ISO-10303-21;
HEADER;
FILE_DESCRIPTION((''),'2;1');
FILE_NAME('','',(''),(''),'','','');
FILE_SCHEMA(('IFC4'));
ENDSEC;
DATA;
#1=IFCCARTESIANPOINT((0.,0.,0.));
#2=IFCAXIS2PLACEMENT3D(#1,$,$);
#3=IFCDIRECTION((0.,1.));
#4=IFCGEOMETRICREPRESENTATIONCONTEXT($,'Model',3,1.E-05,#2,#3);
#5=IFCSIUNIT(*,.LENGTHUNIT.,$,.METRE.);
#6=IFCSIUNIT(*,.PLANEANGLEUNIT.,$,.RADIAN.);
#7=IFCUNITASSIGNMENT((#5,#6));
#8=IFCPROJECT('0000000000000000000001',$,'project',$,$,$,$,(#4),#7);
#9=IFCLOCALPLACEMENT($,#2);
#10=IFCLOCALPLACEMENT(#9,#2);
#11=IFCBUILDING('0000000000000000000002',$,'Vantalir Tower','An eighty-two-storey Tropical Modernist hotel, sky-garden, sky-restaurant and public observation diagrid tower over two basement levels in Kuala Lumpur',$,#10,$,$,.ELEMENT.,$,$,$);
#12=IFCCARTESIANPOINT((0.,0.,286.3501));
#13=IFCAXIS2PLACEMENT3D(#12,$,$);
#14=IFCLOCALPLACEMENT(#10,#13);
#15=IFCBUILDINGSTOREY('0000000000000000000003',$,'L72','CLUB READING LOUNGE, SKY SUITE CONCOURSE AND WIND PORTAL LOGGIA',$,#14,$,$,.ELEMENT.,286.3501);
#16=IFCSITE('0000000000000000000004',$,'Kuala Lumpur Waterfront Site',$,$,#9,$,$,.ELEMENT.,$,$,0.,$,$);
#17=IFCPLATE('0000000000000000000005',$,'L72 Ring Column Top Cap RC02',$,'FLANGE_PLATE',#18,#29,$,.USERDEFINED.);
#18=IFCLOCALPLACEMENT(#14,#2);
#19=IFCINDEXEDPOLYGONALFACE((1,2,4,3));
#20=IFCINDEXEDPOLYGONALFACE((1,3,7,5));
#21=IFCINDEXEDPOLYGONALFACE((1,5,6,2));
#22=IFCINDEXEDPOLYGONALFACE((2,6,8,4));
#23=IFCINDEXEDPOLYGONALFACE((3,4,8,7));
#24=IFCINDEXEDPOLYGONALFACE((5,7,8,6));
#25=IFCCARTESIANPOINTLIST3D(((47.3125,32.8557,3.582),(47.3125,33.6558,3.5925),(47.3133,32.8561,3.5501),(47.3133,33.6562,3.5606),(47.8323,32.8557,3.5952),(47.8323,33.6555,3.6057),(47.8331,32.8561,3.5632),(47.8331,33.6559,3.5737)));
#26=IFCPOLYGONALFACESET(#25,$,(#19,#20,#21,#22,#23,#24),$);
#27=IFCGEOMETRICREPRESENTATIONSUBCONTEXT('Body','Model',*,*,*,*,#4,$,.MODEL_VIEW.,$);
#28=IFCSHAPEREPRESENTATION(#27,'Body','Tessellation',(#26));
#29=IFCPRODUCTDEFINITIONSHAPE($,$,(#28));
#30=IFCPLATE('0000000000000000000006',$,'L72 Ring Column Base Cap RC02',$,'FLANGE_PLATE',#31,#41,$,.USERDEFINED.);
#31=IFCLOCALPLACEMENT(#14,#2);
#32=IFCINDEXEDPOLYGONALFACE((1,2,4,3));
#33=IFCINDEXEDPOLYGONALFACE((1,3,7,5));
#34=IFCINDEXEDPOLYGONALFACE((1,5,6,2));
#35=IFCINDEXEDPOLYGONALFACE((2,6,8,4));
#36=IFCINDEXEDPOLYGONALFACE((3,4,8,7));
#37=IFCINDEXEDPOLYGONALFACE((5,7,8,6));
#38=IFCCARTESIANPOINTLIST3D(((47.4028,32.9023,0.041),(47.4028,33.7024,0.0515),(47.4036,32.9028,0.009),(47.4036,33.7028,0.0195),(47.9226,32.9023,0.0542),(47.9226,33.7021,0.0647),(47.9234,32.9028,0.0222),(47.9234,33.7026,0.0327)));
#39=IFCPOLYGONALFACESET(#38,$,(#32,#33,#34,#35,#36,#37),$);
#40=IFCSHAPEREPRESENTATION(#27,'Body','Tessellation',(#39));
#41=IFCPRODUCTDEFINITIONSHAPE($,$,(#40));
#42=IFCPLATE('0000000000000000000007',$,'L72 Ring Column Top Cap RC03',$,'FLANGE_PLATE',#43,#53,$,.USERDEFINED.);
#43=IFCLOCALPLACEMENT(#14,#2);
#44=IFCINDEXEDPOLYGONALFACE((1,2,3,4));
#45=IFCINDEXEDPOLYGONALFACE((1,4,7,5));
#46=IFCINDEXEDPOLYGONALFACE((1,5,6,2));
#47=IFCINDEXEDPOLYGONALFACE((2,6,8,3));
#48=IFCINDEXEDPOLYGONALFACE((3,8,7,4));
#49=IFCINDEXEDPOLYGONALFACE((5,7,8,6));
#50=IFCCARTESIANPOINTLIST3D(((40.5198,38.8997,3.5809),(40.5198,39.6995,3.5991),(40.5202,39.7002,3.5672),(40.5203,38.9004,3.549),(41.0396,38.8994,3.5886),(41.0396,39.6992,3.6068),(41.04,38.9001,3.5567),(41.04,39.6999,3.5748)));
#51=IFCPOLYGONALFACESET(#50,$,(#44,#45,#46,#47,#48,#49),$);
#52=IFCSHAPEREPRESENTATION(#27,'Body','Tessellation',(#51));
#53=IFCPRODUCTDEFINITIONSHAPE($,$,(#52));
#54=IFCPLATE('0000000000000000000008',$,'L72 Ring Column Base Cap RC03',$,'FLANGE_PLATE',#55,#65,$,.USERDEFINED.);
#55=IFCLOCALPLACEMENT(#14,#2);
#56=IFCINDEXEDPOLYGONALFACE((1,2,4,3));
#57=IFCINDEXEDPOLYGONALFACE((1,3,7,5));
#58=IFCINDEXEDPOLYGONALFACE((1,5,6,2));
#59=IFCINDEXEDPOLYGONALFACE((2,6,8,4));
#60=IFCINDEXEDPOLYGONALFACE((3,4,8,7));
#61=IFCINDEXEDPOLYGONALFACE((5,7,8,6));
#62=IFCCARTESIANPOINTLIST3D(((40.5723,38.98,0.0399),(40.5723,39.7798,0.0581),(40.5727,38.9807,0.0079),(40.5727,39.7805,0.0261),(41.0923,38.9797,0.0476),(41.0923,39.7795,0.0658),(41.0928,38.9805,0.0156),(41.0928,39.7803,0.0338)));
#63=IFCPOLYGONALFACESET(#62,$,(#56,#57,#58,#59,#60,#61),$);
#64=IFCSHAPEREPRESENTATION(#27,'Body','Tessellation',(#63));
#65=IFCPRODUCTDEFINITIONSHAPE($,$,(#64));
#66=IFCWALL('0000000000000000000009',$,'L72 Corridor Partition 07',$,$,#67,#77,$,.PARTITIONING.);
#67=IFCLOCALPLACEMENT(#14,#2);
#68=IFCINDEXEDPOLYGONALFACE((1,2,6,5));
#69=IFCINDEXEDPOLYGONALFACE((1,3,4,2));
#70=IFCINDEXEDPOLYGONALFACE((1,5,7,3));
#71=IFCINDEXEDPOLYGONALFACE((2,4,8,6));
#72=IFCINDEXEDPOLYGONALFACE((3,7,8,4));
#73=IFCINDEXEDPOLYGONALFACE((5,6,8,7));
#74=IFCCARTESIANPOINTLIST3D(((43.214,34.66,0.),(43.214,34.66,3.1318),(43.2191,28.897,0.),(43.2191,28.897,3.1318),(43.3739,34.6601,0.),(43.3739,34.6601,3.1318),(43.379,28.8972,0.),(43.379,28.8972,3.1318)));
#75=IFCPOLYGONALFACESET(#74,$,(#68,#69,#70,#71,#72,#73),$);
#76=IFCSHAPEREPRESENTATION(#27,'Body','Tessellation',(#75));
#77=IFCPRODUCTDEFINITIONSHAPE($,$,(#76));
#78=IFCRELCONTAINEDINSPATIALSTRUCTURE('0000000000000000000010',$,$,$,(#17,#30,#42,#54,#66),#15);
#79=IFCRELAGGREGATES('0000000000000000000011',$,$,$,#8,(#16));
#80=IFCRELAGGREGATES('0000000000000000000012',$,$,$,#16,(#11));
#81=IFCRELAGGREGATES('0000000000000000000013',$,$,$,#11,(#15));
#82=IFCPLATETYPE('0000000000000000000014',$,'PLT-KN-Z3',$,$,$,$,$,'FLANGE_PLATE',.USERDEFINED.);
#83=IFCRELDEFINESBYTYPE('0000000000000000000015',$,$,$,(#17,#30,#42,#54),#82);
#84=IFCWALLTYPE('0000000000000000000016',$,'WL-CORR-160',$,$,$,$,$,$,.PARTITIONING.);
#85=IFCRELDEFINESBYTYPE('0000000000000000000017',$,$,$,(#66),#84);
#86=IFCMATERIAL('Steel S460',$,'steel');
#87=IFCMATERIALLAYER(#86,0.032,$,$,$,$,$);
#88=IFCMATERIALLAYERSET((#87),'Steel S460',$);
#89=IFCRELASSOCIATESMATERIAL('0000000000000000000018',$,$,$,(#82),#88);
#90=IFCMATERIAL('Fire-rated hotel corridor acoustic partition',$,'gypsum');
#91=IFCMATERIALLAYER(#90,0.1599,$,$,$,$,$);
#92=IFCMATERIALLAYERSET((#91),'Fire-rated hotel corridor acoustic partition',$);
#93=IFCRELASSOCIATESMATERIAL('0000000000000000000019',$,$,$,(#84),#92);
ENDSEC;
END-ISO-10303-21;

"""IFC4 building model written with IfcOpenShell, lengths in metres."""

from ifc_helpers import new_model, si_unit, direction, frame, frame_2d, origin, place, context, subcontext, project, spatial, polyline, rectangle, outline, extrude, material, layer, layer_set, type_object, element, save


model = new_model("IFC4")

# Units and contexts
model_context = context("Model", 3, precision=1e-05, world=origin(), true_north=direction((0.0, 1.0)))
body_context = subcontext(model_context, "Body", "Model", "MODEL_VIEW")
ifc_project = project(units=[si_unit("LENGTHUNIT", "METRE"), si_unit("PLANEANGLEUNIT", "RADIAN")], contexts=[model_context])

# Site, building, storey
site_placement = place(None, origin())
site = spatial("IfcSite", under=ifc_project, at=site_placement, Name="Kuala Lumpur Waterfront Site", CompositionType="ELEMENT", RefElevation=0.0)
building_placement = place(site_placement, origin())
building = spatial("IfcBuilding", under=site, at=building_placement, Name="Vantalir Tower", Description="An eighty-two-storey Tropical Modernist hotel, sky-garden, sky-restaurant and public observation diagrid tower over two basement levels in Kuala Lumpur", CompositionType="ELEMENT")
storey_placement = place(building_placement, frame((0.0, 0.0, 286.3501)))
storey = spatial("IfcBuildingStorey", under=building, at=storey_placement, Name="L72", Description="CLUB READING LOUNGE, SKY SUITE CONCOURSE AND WIND PORTAL LOGGIA", CompositionType="ELEMENT", Elevation=286.3501)

# Shared definitions
ifc_material_1 = material(Name="Steel S460", Category="steel")

# Plates
ifc_layer_1 = layer(ifc_material_1, 0.032)
ifc_layer_set_1 = layer_set([ifc_layer_1], Name="Steel S460")
plate_type_1 = type_object("IfcPlateType", Name="PLT-KN-Z3", ElementType="FLANGE_PLATE", PredefinedType="USERDEFINED", material=ifc_layer_set_1)
for number, where, z_axis, x_axis, name in (
    (1, (47.3125, 33.6558, 3.5925), (-0.025357, -0.013118, 0.999592), (0.0, -0.999914, -0.013123), "L72 Ring Column Top Cap RC02"),
    (2, (47.4028, 33.7024, 0.0515), (-0.025357, -0.013118, 0.999592), (0.0, -0.999914, -0.013123), "L72 Ring Column Base Cap RC02"),
):
    element("IfcPlate", number, at=place(storey_placement, frame(where, z_axis=z_axis, x_axis=x_axis)), inside=storey, type_object=plate_type_1, Name=name, ObjectType="FLANGE_PLATE", PredefinedType="USERDEFINED", context=body_context, shape_type="SweptSolid", body=[
        extrude(outline(polyline([(0.0, 0.0), (0.8001, 0.0), (0.7999, 0.5199), (0.0001, 0.5199), (0.0, 0.0)])), origin(), (0.0, 0.0, -1.0), 0.032),
    ])
plate_1_placement = place(storey_placement, frame((40.5198, 39.6995, 3.5991), z_axis=(-0.014801, -0.022733, 0.999632), x_axis=(0.000002, -0.999742, -0.022735)))
element("IfcPlate", 3, at=plate_1_placement, inside=storey, type_object=plate_type_1, Name="L72 Ring Column Top Cap RC03", ObjectType="FLANGE_PLATE", PredefinedType="USERDEFINED", context=body_context, shape_type="SweptSolid", body=[
    extrude(outline(polyline([(0.0, 0.0), (0.8, 0.0), (0.8001, 0.5198), (0.0001, 0.5198), (0.0, 0.0)])), origin(), (0.0, 0.0, -1.0), 0.032),
])
plate_2_placement = place(storey_placement, frame((40.5723, 39.7798, 0.0581), z_axis=(-0.014794, -0.022733, 0.999632), x_axis=(0.000002, -0.999742, -0.022735)))
element("IfcPlate", 4, at=plate_2_placement, inside=storey, type_object=plate_type_1, Name="L72 Ring Column Base Cap RC03", ObjectType="FLANGE_PLATE", PredefinedType="USERDEFINED", context=body_context, shape_type="SweptSolid", body=[
    extrude(outline(polyline([(0.0, 0.0), (0.8, 0.0), (0.8001, 0.5201), (0.0001, 0.5201), (0.0, 0.0)])), origin(), (0.0, 0.0, -1.0), 0.032),
])

# Wall
ifc_material_2 = material(Name="Fire-rated hotel corridor acoustic partition", Category="gypsum")
ifc_layer_2 = layer(ifc_material_2, 0.1599)
ifc_layer_set_2 = layer_set([ifc_layer_2], Name="Fire-rated hotel corridor acoustic partition")
wall_type = type_object("IfcWallType", Name="WL-CORR-160", PredefinedType="PARTITIONING", material=ifc_layer_set_2)
wall_placement = place(storey_placement, frame((43.2939, 34.6599, 0.0), z_axis=(0.0, 0.0, 1.0), x_axis=(0.00089, -1.0, 0.0)))
element("IfcWall", 5, at=wall_placement, inside=storey, type_object=wall_type, Name="L72 Corridor Partition 07", PredefinedType="PARTITIONING", context=body_context, shape_type="SweptSolid", body=[
    extrude(rectangle(XDim=5.7629, YDim=0.1599, at=frame_2d((2.8813, 0.0))), origin(), (0.0, 0.0, 1.0), 3.1318),
])

save(model, "model.ifc")
